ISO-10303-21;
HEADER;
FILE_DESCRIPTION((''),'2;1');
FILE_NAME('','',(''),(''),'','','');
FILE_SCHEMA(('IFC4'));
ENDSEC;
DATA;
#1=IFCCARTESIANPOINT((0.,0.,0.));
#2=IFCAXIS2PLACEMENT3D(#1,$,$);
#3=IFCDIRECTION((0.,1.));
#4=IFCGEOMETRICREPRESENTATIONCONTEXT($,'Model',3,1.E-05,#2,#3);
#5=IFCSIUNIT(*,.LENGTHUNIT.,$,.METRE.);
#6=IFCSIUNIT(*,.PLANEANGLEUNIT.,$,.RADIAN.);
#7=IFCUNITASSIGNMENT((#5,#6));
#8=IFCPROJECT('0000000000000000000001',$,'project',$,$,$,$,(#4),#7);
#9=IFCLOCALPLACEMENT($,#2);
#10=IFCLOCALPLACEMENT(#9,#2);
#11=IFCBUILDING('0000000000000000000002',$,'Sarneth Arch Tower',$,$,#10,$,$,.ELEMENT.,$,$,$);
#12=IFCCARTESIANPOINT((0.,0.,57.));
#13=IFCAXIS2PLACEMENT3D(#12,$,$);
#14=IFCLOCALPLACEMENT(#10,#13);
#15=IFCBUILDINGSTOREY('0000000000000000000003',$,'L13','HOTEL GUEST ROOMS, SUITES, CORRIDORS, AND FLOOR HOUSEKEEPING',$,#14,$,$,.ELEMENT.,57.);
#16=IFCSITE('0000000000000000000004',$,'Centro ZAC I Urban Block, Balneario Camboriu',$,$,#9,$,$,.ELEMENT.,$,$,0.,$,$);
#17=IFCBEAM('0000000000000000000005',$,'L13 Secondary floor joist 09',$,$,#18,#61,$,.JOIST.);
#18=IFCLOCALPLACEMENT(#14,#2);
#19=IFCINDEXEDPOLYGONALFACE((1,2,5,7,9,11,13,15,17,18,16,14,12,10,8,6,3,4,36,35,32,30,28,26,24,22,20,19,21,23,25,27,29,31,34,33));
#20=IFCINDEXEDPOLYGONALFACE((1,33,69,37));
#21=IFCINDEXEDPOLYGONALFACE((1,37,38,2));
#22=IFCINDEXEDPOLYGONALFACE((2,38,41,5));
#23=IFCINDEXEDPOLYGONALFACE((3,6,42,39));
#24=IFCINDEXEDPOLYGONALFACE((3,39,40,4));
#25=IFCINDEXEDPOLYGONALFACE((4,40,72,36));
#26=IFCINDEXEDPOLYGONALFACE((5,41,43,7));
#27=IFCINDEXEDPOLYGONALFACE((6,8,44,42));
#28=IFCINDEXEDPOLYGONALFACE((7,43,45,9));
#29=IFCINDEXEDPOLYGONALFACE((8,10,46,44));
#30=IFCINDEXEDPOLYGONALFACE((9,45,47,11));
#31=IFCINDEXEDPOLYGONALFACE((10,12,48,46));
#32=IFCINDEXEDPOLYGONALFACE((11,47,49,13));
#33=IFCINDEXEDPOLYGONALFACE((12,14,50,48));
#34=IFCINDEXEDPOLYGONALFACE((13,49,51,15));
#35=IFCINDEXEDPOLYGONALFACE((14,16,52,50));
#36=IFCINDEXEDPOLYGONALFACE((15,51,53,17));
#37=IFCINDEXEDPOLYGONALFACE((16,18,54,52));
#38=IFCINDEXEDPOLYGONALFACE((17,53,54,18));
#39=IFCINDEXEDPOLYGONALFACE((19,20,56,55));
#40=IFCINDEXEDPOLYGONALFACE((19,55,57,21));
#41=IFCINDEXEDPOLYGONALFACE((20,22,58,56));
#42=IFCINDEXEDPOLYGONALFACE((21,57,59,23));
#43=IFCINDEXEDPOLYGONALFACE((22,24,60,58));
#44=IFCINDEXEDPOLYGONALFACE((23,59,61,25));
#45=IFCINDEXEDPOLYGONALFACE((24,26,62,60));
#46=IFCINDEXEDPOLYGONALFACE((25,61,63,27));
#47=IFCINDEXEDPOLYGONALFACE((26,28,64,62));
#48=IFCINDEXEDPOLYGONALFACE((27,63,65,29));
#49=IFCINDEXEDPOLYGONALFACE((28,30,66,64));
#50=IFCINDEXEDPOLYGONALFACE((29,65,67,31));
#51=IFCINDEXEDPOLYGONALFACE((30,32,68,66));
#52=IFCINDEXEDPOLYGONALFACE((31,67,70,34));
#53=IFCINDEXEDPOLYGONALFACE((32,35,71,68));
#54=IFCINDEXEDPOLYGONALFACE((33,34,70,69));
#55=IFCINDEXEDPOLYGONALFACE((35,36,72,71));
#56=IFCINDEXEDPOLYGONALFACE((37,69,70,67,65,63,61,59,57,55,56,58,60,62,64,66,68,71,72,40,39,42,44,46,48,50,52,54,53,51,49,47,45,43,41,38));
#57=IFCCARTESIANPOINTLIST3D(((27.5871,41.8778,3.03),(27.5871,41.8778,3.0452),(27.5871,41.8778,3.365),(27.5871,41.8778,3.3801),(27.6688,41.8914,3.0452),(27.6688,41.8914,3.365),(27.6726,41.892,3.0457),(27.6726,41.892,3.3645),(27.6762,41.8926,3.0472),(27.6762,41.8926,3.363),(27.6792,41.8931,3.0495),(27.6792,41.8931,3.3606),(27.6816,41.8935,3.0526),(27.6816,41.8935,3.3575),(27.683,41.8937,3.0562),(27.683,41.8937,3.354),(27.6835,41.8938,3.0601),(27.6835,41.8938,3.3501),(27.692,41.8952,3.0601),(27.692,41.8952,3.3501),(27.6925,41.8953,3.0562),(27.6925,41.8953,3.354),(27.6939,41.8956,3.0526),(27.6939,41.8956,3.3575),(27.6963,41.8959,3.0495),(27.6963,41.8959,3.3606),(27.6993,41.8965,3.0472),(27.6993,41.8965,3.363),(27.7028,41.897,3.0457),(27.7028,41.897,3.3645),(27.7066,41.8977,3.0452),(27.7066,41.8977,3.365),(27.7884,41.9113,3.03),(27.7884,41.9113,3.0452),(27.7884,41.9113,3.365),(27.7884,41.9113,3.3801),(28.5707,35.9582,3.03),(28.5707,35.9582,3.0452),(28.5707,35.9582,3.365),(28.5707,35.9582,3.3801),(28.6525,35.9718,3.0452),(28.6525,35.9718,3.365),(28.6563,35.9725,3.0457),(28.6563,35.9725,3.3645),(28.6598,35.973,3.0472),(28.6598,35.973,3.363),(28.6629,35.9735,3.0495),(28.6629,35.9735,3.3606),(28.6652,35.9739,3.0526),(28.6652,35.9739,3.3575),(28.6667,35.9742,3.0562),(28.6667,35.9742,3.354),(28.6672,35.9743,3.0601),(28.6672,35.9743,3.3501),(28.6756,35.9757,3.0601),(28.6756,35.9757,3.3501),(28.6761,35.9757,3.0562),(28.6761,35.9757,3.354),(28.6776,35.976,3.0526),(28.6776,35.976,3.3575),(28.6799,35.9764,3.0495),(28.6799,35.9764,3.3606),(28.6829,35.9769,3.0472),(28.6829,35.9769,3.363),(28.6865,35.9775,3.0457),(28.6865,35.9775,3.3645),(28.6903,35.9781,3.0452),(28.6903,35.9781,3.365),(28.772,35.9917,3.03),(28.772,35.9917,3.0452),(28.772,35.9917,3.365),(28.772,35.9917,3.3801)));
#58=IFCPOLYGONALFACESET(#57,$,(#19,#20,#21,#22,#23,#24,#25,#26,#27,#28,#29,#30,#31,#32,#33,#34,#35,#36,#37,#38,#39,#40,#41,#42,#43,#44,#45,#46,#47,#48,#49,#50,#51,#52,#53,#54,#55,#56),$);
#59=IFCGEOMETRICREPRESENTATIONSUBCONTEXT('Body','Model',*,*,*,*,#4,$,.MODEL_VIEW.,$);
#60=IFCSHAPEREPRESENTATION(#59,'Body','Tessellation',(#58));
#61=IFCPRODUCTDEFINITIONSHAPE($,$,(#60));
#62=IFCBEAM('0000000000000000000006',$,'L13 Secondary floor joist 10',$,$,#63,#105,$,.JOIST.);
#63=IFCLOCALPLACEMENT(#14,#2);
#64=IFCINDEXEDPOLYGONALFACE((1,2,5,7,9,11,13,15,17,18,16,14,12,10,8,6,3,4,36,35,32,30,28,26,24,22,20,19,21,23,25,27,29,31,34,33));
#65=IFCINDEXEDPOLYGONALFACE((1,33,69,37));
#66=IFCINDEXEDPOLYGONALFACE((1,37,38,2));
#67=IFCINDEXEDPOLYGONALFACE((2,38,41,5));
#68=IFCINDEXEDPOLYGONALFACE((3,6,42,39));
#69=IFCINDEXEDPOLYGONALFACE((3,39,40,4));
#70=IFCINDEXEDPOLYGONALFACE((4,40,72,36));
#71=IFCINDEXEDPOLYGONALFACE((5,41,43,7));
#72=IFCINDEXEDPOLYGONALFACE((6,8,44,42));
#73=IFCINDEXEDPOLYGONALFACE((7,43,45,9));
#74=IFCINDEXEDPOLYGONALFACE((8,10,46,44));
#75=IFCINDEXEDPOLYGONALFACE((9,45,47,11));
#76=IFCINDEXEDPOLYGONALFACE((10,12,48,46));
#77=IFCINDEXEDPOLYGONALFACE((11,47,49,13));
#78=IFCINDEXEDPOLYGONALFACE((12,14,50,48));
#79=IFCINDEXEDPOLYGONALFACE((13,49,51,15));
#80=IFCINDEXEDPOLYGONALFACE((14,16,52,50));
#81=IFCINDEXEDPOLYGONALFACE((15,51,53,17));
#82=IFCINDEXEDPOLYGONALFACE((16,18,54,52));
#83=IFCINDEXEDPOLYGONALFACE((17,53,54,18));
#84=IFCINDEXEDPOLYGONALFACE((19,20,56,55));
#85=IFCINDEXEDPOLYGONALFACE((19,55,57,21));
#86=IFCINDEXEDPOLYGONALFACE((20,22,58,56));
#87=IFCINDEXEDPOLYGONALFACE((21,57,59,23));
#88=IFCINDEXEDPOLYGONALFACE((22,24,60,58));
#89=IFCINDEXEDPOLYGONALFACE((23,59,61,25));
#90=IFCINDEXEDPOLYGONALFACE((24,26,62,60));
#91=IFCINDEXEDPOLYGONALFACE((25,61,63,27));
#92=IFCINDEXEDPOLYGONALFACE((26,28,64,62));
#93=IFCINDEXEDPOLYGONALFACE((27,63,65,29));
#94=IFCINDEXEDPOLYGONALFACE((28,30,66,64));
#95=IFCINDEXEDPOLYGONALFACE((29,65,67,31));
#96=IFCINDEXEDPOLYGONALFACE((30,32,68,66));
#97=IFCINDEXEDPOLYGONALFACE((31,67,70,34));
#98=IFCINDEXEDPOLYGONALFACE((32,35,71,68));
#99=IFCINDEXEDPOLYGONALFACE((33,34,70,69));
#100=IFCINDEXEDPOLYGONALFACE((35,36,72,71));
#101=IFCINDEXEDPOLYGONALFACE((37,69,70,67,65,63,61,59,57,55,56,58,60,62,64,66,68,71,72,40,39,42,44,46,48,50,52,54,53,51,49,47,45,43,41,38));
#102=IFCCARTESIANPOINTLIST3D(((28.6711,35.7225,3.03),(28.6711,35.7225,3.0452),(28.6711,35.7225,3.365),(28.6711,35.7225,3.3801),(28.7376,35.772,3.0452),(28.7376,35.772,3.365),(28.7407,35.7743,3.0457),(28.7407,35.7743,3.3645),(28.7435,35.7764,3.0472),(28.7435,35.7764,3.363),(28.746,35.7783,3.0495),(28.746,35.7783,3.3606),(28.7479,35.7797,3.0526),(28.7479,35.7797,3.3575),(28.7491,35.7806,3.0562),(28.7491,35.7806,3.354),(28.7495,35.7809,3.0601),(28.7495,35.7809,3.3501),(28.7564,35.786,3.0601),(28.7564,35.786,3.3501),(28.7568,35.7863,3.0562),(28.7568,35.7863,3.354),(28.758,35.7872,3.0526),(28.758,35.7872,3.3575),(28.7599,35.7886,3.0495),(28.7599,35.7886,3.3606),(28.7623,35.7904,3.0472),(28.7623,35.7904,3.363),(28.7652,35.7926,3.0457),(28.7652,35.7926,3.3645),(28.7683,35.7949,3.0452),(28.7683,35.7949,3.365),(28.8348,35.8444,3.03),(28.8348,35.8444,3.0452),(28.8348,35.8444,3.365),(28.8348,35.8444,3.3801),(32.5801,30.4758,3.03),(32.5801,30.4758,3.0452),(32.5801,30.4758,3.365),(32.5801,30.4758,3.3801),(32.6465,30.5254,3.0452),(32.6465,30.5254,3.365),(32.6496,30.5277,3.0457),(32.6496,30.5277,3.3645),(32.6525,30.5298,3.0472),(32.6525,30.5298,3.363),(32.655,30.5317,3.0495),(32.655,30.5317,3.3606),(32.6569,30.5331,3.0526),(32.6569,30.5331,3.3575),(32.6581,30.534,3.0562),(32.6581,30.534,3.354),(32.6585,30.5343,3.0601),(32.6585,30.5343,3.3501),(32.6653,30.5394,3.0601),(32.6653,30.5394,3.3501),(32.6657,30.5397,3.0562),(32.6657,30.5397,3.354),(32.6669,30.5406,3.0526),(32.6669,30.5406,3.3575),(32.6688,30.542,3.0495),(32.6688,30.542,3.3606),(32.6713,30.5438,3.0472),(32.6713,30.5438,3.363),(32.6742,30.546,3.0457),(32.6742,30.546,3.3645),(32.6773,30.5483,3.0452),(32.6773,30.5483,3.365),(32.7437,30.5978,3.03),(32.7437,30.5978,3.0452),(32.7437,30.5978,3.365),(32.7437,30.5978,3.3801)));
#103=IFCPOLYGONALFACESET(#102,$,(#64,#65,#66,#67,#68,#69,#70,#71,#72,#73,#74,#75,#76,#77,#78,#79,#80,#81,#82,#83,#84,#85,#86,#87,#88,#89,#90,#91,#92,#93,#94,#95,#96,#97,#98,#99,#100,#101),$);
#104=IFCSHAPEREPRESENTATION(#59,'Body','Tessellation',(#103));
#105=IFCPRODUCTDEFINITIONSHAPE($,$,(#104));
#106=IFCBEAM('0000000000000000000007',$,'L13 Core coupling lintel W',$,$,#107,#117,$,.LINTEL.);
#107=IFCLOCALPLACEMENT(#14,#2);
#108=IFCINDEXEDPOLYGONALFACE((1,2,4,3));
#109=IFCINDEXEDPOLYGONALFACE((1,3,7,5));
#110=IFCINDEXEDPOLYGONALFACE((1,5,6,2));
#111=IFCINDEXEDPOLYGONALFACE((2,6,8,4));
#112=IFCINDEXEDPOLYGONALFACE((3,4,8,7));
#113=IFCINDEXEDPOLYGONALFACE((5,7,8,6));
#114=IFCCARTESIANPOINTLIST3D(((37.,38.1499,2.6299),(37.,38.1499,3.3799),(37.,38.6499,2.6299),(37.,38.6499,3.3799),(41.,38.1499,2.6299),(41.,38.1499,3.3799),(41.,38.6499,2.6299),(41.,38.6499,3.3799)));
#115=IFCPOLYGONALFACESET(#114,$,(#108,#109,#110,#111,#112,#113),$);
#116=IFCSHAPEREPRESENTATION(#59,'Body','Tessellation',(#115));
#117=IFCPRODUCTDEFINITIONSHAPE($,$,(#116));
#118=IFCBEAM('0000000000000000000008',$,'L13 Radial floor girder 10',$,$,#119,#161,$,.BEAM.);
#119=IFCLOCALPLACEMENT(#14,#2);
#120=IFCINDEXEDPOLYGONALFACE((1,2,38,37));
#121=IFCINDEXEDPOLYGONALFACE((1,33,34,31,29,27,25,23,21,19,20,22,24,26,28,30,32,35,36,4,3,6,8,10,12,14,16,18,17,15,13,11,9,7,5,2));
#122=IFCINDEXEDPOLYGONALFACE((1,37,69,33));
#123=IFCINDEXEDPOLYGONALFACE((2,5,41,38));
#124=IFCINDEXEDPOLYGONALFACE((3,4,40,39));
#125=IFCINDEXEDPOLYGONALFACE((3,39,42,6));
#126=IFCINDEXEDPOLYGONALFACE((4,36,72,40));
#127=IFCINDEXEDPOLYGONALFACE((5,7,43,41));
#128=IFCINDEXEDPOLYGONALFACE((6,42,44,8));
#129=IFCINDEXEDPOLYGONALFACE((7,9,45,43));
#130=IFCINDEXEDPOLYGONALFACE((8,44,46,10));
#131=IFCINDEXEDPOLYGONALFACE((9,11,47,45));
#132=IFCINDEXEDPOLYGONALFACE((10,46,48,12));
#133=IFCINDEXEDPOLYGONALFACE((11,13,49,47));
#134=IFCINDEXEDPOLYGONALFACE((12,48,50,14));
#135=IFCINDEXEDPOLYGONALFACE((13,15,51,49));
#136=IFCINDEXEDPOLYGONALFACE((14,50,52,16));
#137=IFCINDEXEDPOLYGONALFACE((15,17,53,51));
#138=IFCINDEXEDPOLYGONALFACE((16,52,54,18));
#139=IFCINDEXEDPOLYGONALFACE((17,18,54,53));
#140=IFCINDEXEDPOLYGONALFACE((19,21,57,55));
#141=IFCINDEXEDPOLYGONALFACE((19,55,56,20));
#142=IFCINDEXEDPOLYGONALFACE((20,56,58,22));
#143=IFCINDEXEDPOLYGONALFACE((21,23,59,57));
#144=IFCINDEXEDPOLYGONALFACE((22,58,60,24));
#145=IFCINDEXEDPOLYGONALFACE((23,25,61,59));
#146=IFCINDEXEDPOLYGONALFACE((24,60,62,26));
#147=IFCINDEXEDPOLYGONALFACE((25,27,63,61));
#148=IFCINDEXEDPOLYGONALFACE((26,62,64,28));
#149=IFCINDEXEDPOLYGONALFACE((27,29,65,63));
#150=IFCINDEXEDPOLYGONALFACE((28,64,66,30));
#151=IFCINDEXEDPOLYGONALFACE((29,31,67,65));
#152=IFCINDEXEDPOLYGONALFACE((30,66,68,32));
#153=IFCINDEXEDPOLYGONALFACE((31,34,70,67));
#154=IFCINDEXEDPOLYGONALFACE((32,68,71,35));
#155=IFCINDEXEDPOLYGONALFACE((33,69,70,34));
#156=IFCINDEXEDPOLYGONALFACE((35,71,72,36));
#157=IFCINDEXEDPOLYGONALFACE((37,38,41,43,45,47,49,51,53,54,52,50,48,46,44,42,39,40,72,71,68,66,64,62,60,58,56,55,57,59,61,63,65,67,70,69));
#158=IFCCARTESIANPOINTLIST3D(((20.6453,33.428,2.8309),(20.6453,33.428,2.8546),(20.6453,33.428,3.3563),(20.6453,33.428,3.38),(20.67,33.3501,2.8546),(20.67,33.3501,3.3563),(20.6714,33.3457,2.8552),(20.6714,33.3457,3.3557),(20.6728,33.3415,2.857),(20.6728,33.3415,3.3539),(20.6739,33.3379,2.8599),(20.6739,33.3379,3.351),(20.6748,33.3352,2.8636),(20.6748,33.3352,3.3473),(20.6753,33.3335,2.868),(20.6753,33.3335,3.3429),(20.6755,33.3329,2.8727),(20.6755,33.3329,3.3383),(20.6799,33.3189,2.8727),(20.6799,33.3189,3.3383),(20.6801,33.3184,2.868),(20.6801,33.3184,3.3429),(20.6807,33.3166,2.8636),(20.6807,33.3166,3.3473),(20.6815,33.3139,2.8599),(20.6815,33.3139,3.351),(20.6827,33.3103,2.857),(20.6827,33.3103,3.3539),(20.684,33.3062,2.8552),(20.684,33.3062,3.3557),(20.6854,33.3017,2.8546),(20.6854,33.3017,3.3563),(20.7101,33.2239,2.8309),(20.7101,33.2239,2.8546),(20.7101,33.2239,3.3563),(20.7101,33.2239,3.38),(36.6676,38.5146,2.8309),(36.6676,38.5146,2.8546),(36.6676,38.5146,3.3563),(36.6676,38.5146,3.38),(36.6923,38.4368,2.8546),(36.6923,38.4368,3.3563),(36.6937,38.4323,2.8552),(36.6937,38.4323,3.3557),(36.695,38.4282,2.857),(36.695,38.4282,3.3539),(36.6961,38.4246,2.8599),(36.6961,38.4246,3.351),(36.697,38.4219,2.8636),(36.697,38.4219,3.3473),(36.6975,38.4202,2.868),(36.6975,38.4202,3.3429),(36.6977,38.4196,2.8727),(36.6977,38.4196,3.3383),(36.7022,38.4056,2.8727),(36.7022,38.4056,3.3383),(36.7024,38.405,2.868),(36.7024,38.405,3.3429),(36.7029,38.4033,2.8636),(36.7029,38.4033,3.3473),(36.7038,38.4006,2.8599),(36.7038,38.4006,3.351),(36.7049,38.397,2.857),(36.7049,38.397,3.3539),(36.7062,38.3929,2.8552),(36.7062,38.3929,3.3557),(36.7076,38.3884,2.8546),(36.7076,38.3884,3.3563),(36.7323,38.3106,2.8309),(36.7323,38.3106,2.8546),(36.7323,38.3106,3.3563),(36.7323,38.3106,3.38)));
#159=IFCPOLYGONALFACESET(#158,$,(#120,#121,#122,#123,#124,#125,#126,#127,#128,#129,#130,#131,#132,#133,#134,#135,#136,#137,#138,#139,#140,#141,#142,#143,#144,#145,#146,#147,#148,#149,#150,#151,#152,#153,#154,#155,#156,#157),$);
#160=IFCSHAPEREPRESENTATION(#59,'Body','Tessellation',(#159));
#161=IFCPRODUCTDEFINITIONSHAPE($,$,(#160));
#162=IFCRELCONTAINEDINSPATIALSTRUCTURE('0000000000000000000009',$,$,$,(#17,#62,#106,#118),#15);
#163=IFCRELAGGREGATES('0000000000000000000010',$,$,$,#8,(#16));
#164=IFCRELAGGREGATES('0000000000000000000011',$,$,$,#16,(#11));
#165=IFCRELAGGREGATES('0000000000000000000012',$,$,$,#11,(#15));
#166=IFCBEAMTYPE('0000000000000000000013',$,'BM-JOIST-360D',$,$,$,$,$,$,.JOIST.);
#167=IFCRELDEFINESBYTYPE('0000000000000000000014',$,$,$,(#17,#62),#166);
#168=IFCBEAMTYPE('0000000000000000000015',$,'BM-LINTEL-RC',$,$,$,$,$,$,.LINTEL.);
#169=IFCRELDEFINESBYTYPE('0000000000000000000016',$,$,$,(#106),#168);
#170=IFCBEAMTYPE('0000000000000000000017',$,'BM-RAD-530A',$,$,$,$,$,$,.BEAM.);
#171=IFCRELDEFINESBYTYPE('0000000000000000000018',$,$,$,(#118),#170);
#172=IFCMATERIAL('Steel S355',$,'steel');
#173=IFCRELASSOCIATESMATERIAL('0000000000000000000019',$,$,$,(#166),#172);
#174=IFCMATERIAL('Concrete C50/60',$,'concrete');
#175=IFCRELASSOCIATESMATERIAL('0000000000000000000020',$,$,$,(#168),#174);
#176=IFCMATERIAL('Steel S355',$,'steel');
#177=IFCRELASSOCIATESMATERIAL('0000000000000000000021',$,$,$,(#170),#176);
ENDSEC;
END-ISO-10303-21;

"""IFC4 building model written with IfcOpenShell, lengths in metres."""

from ifc_helpers import new_model, si_unit, direction, frame, origin, origin_2d, place, context, subcontext, project, spatial, rectangle, i_section, extrude, material, material_profile, profile_set, type_object, element, save


model = new_model("IFC4")

# Units and contexts
model_context = context("Model", 3, precision=1e-05, world=origin(), true_north=direction((0.0, 1.0)))
body_context = subcontext(model_context, "Body", "Model", "MODEL_VIEW")
ifc_project = project(units=[si_unit("LENGTHUNIT", "METRE"), si_unit("PLANEANGLEUNIT", "RADIAN")], contexts=[model_context])

# Site, building, storey
site_placement = place(None, origin())
site = spatial("IfcSite", under=ifc_project, at=site_placement, Name="Centro ZAC I Urban Block, Balneario Camboriu", CompositionType="ELEMENT", RefElevation=0.0)
building_placement = place(site_placement, origin())
building = spatial("IfcBuilding", under=site, at=building_placement, Name="Sarneth Arch Tower", CompositionType="ELEMENT")
storey_placement = place(building_placement, frame((0.0, 0.0, 57.0)))
storey = spatial("IfcBuildingStorey", under=building, at=storey_placement, Name="L13", Description="HOTEL GUEST ROOMS, SUITES, CORRIDORS, AND FLOOR HOUSEKEEPING", CompositionType="ELEMENT", Elevation=57.0)

# Beams
ifc_material_1 = material(Name="Steel S355", Category="steel")
ifc_material_profile_1 = material_profile(ifc_material_1, i_section(OverallWidth=0.2041, OverallDepth=0.3501, WebThickness=0.0085, FlangeThickness=0.0151, FilletRadius=0.0149, at=origin_2d()), Name="W360x72")
ifc_profile_set_1 = profile_set([ifc_material_profile_1], Name="Steel S355")
beam_type_1 = type_object("IfcBeamType", Name="BM-JOIST-360D", PredefinedType="JOIST", material=ifc_profile_set_1)
beam_1_placement = place(storey_placement, frame((27.6877, 41.8945, 3.2051), z_axis=(0.163917, -0.986474, 0.0), x_axis=(0.986474, 0.163917, 0.0)))
element("IfcBeam", 1, at=beam_1_placement, inside=storey, type_object=beam_type_1, Name="L13 Secondary floor joist 09", PredefinedType="JOIST", context=body_context, shape_type="SweptSolid", body=[
    extrude(i_section(OverallWidth=0.2041, OverallDepth=0.3501, WebThickness=0.0085, FlangeThickness=0.0151, FilletRadius=0.0149, at=origin_2d()), origin(), (0.0, 0.0, 1.0), 6.0007),
])
beam_2_placement = place(storey_placement, frame((28.7529, 35.7834, 3.2051), z_axis=(0.597454, -0.801904, 0.0), x_axis=(0.801904, 0.597454, 0.0)))
element("IfcBeam", 2, at=beam_2_placement, inside=storey, type_object=beam_type_1, Name="L13 Secondary floor joist 10", PredefinedType="JOIST", context=body_context, shape_type="SweptSolid", body=[
    extrude(i_section(OverallWidth=0.2041, OverallDepth=0.3501, WebThickness=0.0085, FlangeThickness=0.0151, FilletRadius=0.0149, at=origin_2d()), origin(), (0.0, 0.0, 1.0), 6.5427),
])
ifc_material_2 = material(Name="Concrete C50/60", Category="concrete")
ifc_material_profile_2 = material_profile(ifc_material_2, rectangle(XDim=0.5, YDim=0.75, at=origin_2d()), Name="RC-500x750")
ifc_profile_set_2 = profile_set([ifc_material_profile_2], Name="Concrete C50/60")
beam_type_2 = type_object("IfcBeamType", Name="BM-LINTEL-RC", PredefinedType="LINTEL", material=ifc_profile_set_2)
beam_3_placement = place(storey_placement, frame((37.0, 38.3999, 3.0049), z_axis=(1.0, 0.0, 0.0), x_axis=(0.0, 1.0, 0.0)))
element("IfcBeam", 3, at=beam_3_placement, inside=storey, type_object=beam_type_2, Name="L13 Core coupling lintel W", PredefinedType="LINTEL", context=body_context, shape_type="SweptSolid", body=[
    extrude(rectangle(XDim=0.5, YDim=0.75, at=origin_2d()), origin(), (0.0, 0.0, 1.0), 4.0),
])
ifc_material_3 = material(Name="Steel S355", Category="steel")
ifc_material_profile_3 = material_profile(ifc_material_3, i_section(OverallWidth=0.2141, OverallDepth=0.5491, WebThickness=0.0146, FlangeThickness=0.0237, FilletRadius=0.0181, at=origin_2d()), Name="W530x138")
ifc_profile_set_3 = profile_set([ifc_material_profile_3], Name="Steel S355")
beam_type_3 = type_object("IfcBeamType", Name="BM-RAD-530A", PredefinedType="BEAM", material=ifc_profile_set_3)
beam_4_placement = place(storey_placement, frame((36.7, 38.4126, 3.1055), z_axis=(-0.95312, -0.302593, 0.0), x_axis=(0.302593, -0.95312, 0.0)))
element("IfcBeam", 4, at=beam_4_placement, inside=storey, type_object=beam_type_3, Name="L13 Radial floor girder 10", PredefinedType="BEAM", context=body_context, shape_type="SweptSolid", body=[
    extrude(i_section(OverallWidth=0.2141, OverallDepth=0.5491, WebThickness=0.0146, FlangeThickness=0.0237, FilletRadius=0.0181, at=origin_2d()), origin(), (0.0, 0.0, 1.0), 16.8103),
])

save(model, "model.ifc")
